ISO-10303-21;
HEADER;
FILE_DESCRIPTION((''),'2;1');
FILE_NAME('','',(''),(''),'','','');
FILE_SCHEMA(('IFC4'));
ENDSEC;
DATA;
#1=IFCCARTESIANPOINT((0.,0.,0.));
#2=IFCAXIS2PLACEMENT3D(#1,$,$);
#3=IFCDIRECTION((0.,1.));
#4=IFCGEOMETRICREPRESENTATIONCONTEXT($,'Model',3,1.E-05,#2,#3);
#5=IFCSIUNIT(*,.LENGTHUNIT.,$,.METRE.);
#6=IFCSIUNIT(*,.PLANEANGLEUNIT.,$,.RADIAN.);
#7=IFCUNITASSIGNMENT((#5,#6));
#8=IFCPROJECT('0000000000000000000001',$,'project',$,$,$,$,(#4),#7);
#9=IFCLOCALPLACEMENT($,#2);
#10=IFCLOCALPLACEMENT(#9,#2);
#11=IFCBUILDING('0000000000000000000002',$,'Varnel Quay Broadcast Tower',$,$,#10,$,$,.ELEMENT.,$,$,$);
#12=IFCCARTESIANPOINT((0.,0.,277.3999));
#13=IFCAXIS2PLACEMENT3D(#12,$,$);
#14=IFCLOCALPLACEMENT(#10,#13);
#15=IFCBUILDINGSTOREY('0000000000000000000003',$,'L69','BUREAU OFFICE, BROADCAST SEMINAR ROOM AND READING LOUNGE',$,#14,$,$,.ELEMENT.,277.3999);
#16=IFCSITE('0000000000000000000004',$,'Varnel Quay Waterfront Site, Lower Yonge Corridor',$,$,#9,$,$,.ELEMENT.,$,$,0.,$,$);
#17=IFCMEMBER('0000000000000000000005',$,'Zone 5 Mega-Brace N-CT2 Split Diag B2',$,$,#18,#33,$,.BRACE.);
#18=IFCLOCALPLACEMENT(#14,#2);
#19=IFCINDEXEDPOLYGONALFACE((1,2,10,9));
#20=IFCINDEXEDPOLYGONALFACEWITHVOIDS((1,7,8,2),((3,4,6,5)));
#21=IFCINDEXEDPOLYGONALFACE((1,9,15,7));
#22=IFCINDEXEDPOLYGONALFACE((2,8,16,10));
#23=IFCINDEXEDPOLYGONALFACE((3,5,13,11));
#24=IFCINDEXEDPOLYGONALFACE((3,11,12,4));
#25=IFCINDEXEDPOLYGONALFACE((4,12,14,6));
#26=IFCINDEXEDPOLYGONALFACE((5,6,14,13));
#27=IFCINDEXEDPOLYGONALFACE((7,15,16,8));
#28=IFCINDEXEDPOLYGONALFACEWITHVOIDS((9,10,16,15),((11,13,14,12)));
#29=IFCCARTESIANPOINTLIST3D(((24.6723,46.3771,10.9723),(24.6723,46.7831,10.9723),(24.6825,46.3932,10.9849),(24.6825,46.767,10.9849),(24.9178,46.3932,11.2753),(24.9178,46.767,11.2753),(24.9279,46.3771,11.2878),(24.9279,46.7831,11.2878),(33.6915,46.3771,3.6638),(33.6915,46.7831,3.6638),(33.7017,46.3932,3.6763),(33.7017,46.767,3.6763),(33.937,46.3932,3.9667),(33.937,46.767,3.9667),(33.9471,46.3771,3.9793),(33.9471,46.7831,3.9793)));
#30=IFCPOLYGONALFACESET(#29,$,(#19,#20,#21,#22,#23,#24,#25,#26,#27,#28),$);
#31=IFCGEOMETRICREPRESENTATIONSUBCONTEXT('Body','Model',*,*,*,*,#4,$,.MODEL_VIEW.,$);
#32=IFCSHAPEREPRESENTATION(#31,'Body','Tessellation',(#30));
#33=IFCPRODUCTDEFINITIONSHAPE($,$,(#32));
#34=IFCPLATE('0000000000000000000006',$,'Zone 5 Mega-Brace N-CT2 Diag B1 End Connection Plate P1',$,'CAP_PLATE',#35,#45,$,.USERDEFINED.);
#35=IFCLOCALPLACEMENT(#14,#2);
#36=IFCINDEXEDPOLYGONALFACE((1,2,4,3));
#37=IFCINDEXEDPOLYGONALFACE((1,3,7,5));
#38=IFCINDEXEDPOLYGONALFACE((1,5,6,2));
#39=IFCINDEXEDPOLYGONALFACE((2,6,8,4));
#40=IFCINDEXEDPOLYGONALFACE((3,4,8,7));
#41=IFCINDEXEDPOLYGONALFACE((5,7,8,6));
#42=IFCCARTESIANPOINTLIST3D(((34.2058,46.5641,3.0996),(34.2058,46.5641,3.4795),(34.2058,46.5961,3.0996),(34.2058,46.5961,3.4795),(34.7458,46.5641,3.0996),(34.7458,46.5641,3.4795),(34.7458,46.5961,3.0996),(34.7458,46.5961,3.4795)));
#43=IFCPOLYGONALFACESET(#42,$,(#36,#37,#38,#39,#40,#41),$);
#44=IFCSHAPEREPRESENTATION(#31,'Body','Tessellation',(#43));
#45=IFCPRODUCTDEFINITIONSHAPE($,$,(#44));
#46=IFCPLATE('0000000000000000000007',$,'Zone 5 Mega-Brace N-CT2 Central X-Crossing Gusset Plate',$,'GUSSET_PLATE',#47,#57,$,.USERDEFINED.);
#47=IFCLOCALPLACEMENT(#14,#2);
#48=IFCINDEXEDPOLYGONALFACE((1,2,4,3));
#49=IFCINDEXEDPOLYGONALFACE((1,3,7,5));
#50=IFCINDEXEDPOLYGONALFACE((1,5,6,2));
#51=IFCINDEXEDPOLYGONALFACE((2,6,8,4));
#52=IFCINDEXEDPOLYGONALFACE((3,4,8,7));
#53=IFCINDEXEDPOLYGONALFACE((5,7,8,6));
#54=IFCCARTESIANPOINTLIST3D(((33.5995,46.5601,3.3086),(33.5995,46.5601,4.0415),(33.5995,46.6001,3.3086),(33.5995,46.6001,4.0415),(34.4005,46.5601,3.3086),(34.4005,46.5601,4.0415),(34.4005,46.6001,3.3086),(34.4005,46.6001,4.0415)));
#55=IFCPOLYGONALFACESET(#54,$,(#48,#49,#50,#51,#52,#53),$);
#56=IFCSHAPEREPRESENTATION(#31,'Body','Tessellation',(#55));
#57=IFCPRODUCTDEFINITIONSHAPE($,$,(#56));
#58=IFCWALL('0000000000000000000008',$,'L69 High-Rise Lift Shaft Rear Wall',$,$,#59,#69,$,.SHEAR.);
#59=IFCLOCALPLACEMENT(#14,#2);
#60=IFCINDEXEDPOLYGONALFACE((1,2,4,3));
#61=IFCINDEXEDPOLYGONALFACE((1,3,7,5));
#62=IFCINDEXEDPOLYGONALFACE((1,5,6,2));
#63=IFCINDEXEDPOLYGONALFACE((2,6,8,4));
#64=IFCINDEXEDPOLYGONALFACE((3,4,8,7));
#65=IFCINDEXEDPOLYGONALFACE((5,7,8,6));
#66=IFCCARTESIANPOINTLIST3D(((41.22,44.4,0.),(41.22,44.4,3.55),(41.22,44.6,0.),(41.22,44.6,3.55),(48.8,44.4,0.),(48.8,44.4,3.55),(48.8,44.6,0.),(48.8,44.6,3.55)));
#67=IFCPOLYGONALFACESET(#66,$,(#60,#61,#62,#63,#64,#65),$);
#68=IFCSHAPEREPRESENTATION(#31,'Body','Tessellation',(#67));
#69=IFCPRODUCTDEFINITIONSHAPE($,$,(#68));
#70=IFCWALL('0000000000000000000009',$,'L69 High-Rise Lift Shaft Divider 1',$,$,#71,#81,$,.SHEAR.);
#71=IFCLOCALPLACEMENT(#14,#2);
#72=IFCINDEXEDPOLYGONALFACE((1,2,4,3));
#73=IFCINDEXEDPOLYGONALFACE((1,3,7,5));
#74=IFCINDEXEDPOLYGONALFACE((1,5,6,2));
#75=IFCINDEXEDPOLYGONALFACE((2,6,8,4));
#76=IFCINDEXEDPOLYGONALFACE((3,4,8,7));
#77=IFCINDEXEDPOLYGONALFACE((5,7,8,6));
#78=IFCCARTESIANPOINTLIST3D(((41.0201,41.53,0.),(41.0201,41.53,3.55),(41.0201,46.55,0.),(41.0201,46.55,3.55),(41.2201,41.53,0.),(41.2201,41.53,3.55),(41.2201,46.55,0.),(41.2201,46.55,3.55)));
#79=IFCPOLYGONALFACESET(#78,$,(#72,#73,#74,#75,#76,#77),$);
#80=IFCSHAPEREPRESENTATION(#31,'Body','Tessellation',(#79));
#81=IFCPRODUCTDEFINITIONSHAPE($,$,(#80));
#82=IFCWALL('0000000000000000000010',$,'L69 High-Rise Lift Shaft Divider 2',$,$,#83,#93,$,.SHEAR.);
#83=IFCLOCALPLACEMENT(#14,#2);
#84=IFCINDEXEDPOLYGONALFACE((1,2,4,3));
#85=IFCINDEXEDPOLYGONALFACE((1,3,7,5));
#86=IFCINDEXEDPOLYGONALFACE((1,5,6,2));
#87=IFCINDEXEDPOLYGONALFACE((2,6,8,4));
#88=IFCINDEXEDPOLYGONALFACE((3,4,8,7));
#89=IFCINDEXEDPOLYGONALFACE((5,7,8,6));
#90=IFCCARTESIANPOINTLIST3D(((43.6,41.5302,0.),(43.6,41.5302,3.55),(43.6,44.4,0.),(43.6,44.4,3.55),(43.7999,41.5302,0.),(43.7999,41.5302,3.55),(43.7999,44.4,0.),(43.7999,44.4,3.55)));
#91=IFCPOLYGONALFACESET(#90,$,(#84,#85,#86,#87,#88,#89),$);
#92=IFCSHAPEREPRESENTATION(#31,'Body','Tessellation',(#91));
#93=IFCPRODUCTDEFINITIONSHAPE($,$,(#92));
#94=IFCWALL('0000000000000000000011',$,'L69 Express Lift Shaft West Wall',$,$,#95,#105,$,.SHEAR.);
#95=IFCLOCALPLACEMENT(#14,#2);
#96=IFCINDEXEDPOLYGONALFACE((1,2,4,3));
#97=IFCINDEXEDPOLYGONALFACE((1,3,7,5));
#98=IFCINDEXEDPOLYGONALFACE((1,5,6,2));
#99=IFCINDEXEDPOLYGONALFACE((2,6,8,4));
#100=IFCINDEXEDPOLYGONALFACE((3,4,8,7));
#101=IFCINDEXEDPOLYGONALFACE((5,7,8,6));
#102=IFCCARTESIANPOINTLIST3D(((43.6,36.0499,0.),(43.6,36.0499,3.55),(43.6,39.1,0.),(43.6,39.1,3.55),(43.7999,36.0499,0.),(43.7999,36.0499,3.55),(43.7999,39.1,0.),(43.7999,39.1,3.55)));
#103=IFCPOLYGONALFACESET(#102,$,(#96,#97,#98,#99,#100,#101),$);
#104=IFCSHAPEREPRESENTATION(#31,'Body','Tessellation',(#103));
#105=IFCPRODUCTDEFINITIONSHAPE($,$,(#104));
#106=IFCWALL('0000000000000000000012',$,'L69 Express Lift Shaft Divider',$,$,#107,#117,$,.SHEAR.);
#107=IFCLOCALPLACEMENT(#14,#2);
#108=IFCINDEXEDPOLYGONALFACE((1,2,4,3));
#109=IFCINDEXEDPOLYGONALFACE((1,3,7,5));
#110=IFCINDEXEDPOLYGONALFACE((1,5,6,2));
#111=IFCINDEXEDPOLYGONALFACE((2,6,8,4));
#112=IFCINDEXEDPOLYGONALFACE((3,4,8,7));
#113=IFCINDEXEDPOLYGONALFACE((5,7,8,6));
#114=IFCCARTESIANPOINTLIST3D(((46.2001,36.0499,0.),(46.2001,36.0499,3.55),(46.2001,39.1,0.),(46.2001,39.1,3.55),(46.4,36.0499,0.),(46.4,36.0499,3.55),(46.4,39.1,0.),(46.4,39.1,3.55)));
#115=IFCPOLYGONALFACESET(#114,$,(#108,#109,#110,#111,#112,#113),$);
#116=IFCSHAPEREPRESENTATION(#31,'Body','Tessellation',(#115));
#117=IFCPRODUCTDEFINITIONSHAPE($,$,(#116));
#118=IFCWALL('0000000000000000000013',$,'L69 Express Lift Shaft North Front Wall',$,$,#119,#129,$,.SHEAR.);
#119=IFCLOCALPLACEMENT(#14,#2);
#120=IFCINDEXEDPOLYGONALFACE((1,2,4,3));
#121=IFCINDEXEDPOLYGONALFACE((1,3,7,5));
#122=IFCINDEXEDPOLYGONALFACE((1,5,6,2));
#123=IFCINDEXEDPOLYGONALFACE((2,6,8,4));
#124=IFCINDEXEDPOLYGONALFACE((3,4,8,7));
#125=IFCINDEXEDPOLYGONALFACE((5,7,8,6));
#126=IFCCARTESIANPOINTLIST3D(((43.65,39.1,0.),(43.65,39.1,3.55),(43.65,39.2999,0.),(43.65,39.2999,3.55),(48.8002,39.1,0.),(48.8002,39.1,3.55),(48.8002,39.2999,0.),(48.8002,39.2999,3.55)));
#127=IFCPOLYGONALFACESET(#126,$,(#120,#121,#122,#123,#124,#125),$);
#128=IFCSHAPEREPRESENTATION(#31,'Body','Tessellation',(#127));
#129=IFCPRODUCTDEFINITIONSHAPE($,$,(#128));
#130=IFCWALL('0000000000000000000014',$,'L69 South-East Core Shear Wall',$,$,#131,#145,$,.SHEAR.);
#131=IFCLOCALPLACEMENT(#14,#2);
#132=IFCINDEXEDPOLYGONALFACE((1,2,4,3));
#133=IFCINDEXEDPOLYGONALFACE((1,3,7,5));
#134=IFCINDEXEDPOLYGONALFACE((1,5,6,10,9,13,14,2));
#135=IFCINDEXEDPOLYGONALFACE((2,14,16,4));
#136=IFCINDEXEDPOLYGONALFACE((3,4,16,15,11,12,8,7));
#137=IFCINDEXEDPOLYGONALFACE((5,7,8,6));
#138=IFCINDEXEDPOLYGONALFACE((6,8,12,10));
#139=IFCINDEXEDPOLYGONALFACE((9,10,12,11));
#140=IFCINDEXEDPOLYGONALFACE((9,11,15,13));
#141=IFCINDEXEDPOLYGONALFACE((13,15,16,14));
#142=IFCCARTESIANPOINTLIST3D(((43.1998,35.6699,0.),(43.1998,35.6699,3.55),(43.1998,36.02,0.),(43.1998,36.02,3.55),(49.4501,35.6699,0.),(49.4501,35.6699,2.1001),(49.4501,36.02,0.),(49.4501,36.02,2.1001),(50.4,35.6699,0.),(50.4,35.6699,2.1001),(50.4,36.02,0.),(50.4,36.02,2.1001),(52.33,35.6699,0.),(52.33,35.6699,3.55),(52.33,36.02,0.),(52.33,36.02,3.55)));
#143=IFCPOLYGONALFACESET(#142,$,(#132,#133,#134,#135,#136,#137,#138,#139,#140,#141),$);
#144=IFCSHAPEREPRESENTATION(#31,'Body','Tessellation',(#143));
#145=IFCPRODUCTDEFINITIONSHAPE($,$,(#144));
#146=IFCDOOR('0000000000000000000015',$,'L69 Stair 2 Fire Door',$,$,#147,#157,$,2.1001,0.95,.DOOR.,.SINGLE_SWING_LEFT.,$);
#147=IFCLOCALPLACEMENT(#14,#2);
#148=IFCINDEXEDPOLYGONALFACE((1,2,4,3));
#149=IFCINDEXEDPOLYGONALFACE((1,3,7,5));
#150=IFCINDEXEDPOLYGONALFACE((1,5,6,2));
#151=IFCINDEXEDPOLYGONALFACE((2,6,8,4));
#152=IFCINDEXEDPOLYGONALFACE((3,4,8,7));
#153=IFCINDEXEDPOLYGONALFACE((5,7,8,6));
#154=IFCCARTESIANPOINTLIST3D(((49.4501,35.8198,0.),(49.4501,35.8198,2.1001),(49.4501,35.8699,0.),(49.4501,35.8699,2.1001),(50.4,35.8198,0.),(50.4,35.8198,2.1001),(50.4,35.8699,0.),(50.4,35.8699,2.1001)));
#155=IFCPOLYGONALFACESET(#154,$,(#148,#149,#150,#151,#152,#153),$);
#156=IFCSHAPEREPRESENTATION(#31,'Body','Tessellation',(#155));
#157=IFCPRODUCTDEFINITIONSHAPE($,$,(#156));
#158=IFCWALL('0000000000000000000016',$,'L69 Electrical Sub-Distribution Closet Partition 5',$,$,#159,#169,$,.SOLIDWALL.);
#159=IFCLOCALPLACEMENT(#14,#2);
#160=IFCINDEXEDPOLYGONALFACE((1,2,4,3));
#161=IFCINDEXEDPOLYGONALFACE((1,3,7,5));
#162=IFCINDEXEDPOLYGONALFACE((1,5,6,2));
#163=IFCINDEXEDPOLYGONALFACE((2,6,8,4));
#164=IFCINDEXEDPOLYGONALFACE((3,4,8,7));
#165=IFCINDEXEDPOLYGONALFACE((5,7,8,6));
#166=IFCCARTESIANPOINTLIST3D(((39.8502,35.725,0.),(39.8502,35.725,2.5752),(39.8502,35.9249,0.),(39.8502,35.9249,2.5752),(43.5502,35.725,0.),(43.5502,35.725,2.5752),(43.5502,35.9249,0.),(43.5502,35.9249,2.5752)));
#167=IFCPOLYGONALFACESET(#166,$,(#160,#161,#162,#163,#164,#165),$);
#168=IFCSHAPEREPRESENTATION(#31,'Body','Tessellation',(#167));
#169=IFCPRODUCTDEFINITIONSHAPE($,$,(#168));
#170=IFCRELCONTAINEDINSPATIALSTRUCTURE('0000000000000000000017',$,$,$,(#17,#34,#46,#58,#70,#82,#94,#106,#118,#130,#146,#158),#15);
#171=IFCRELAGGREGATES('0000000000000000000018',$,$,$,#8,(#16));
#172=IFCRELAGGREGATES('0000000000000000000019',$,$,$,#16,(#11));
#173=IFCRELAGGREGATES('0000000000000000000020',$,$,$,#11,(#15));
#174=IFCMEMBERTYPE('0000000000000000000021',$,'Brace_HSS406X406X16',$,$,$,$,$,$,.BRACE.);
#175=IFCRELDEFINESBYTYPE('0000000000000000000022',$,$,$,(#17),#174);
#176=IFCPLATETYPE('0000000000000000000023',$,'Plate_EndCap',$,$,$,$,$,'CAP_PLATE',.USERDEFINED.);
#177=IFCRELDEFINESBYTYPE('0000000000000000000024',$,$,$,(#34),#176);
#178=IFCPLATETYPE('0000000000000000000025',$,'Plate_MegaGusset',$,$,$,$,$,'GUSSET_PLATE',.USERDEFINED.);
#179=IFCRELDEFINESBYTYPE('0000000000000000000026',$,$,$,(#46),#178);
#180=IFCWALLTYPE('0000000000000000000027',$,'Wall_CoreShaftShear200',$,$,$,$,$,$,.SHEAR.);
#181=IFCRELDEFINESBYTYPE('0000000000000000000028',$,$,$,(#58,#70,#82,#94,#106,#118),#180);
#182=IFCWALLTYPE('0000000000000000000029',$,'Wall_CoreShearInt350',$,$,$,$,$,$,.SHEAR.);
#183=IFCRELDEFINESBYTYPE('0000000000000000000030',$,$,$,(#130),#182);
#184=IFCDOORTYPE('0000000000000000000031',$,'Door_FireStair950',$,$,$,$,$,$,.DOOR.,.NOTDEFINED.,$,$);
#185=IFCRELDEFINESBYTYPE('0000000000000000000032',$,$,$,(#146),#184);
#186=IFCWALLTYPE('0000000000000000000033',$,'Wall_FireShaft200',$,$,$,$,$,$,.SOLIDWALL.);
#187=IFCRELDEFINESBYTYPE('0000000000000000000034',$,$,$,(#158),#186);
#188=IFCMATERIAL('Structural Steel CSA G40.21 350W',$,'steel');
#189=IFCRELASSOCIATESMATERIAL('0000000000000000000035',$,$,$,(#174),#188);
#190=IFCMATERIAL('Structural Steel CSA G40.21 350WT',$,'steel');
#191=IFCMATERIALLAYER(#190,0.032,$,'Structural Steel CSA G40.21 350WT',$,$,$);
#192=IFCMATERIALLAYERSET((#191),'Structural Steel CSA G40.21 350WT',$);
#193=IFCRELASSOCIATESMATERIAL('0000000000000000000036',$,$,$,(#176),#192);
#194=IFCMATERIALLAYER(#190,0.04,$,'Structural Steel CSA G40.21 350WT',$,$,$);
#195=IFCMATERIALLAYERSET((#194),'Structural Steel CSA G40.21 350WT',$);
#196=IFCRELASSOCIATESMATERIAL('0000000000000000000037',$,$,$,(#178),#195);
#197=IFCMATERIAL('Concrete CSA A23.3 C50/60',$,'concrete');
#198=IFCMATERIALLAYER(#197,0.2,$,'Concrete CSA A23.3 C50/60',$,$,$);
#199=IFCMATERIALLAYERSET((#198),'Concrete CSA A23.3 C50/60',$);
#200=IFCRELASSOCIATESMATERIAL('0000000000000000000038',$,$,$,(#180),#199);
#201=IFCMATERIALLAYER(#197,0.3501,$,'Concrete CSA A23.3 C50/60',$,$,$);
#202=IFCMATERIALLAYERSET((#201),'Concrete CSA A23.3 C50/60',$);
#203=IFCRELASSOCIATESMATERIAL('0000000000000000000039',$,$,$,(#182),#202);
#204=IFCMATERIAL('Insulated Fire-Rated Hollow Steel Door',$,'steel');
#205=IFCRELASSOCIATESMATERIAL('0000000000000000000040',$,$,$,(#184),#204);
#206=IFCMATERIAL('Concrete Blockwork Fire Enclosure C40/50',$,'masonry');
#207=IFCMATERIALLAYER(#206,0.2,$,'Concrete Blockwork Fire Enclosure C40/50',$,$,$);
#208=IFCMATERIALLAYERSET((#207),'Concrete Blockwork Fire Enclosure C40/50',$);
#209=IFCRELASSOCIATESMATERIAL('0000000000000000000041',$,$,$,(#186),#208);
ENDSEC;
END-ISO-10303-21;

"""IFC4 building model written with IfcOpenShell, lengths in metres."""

from ifc_helpers import new_model, si_unit, direction, frame, frame_2d, origin, origin_2d, place, context, subcontext, project, spatial, rectangle, hollow_rectangle, extrude, source, transform, mapped, material, layer, layer_set, material_profile, profile_set, type_object, type_shapes, element, fill, save


model = new_model("IFC4")

# Units and contexts
model_context = context("Model", 3, precision=1e-05, world=origin(), true_north=direction((0.0, 1.0)))
body_context = subcontext(model_context, "Body", "Model", "MODEL_VIEW")
ifc_project = project(units=[si_unit("LENGTHUNIT", "METRE"), si_unit("PLANEANGLEUNIT", "RADIAN")], contexts=[model_context])

# Site, building, storey
site_placement = place(None, origin())
site = spatial("IfcSite", under=ifc_project, at=site_placement, Name="Varnel Quay Waterfront Site, Lower Yonge Corridor", CompositionType="ELEMENT", RefElevation=0.0)
building_placement = place(site_placement, origin())
building = spatial("IfcBuilding", under=site, at=building_placement, Name="Varnel Quay Broadcast Tower", CompositionType="ELEMENT")
storey_placement = place(building_placement, frame((0.0, 0.0, 277.3999)))
storey = spatial("IfcBuildingStorey", under=building, at=storey_placement, Name="L69", Description="BUREAU OFFICE, BROADCAST SEMINAR ROOM AND READING LOUNGE", CompositionType="ELEMENT", Elevation=277.3999)

# Shared definitions
ifc_material_1 = material(Name="Structural Steel CSA G40.21 350WT", Category="steel")

# Shared definitions
ifc_material_2 = material(Name="Concrete CSA A23.3 C50/60", Category="concrete")

# Member
ifc_material_3 = material(Name="Structural Steel CSA G40.21 350W", Category="steel")
ifc_material_profile_1 = material_profile(ifc_material_3, hollow_rectangle(XDim=0.406, YDim=0.406, WallThickness=0.0161, at=origin_2d()), Name="HSS406X406X16")
ifc_profile_set_1 = profile_set([ifc_material_profile_1], Name="Structural Steel CSA G40.21 350W")
member_type = type_object("IfcMemberType", Name="Brace_HSS406X406X16", PredefinedType="BRACE", material=ifc_profile_set_1)
shared_shape_1 = source(origin(), body_context, "Body", "SweptSolid", [
    extrude(hollow_rectangle(XDim=0.406, YDim=0.406, WallThickness=0.0161, at=origin_2d()), origin(), (0.0, 0.0, 1.0), 11.6086),
])
type_shapes(member_type, [shared_shape_1])
member_placement = place(storey_placement, frame((33.8193, 46.5801, 3.8215), z_axis=(-0.776939, 0.0, 0.629576), x_axis=(0.0, -1.0, 0.0)))
element("IfcMember", 1, at=member_placement, inside=storey, type_object=member_type, Name="Zone 5 Mega-Brace N-CT2 Split Diag B2", PredefinedType="BRACE", context=body_context, shape_type="MappedRepresentation", body=[
    mapped(shared_shape_1, transform((0.0, 0.0, 0.0), x_axis=(1.0, 0.0, 0.0), y_axis=(0.0, 1.0, 0.0), z_axis=(0.0, 0.0, 1.0), scale=1.0)),
])

# Plates
ifc_layer_1 = layer(ifc_material_1, 0.032, Name="Structural Steel CSA G40.21 350WT")
ifc_layer_set_1 = layer_set([ifc_layer_1], Name="Structural Steel CSA G40.21 350WT")
plate_type_1 = type_object("IfcPlateType", Name="Plate_EndCap", ElementType="CAP_PLATE", PredefinedType="USERDEFINED", material=ifc_layer_set_1)
shared_shape_2 = source(origin(), body_context, "Body", "SweptSolid", [
    extrude(rectangle(XDim=0.54, YDim=0.032, at=origin_2d()), origin(), (0.0, 0.0, 1.0), 0.3799),
])
type_shapes(plate_type_1, [shared_shape_2])
plate_1_placement = place(storey_placement, frame((34.4758, 46.5801, 3.0996), z_axis=(0.0, 0.0, 1.0), x_axis=(1.0, 0.0, 0.0)))
element("IfcPlate", 2, at=plate_1_placement, inside=storey, type_object=plate_type_1, Name="Zone 5 Mega-Brace N-CT2 Diag B1 End Connection Plate P1", ObjectType="CAP_PLATE", PredefinedType="USERDEFINED", context=body_context, shape_type="MappedRepresentation", body=[
    mapped(shared_shape_2, transform((0.0, 0.0, 0.0), x_axis=(1.0, 0.0, 0.0), y_axis=(0.0, 1.0, 0.0), z_axis=(0.0, 0.0, 1.0), scale=1.0)),
])
ifc_layer_2 = layer(ifc_material_1, 0.04, Name="Structural Steel CSA G40.21 350WT")
ifc_layer_set_2 = layer_set([ifc_layer_2], Name="Structural Steel CSA G40.21 350WT")
plate_type_2 = type_object("IfcPlateType", Name="Plate_MegaGusset", ElementType="GUSSET_PLATE", PredefinedType="USERDEFINED", material=ifc_layer_set_2)
shared_shape_3 = source(origin(), body_context, "Body", "SweptSolid", [
    extrude(rectangle(XDim=0.801, YDim=0.04, at=origin_2d()), origin(), (0.0, 0.0, 1.0), 0.7329),
])
type_shapes(plate_type_2, [shared_shape_3])
plate_2_placement = place(storey_placement, frame((34.0, 46.5801, 3.3086), z_axis=(0.0, 0.0, 1.0), x_axis=(1.0, 0.0, 0.0)))
element("IfcPlate", 3, at=plate_2_placement, inside=storey, type_object=plate_type_2, Name="Zone 5 Mega-Brace N-CT2 Central X-Crossing Gusset Plate", ObjectType="GUSSET_PLATE", PredefinedType="USERDEFINED", context=body_context, shape_type="MappedRepresentation", body=[
    mapped(shared_shape_3, transform((0.0, 0.0, 0.0), x_axis=(1.0, 0.0, 0.0), y_axis=(0.0, 1.0, 0.0), z_axis=(0.0, 0.0, 1.0), scale=1.0)),
])

# Walls
ifc_layer_3 = layer(ifc_material_2, 0.2, Name="Concrete CSA A23.3 C50/60")
ifc_layer_set_3 = layer_set([ifc_layer_3], Name="Concrete CSA A23.3 C50/60")
wall_type_1 = type_object("IfcWallType", Name="Wall_CoreShaftShear200", PredefinedType="SHEAR", material=ifc_layer_set_3)
wall_1_placement = place(storey_placement, frame((41.22, 44.5, 0.0), z_axis=(0.0, 0.0, 1.0), x_axis=(1.0, 0.0, 0.0)))
element("IfcWall", 4, at=wall_1_placement, inside=storey, type_object=wall_type_1, Name="L69 High-Rise Lift Shaft Rear Wall", PredefinedType="SHEAR", context=body_context, shape_type="SweptSolid", body=[
    extrude(rectangle(XDim=7.5801, YDim=0.2, at=frame_2d((3.79, 0.0))), origin(), (0.0, 0.0, 1.0), 3.55),
])
wall_2_placement = place(storey_placement, frame((41.1201, 41.53, 0.0), z_axis=(0.0, 0.0, 1.0), x_axis=(0.0, 1.0, 0.0)))
element("IfcWall", 5, at=wall_2_placement, inside=storey, type_object=wall_type_1, Name="L69 High-Rise Lift Shaft Divider 1", PredefinedType="SHEAR", context=body_context, shape_type="SweptSolid", body=[
    extrude(rectangle(XDim=5.02, YDim=0.2, at=frame_2d((2.51, 0.0))), origin(), (0.0, 0.0, 1.0), 3.55),
])
wall_3_placement = place(storey_placement, frame((43.7, 41.53, 0.0), z_axis=(0.0, 0.0, 1.0), x_axis=(0.0, 1.0, 0.0)))
element("IfcWall", 6, at=wall_3_placement, inside=storey, type_object=wall_type_1, Name="L69 High-Rise Lift Shaft Divider 2", PredefinedType="SHEAR", context=body_context, shape_type="SweptSolid", body=[
    extrude(rectangle(XDim=2.8699, YDim=0.2, at=frame_2d((1.4351, 0.0))), origin(), (0.0, 0.0, 1.0), 3.55),
])
for number, where, z_axis, x_axis, name in (
    (7, (43.7, 36.05, 0.0), (0.0, 0.0, 1.0), (0.0, 1.0, 0.0), "L69 Express Lift Shaft West Wall"),
    (8, (46.3, 36.05, 0.0), (0.0, 0.0, 1.0), (0.0, 1.0, 0.0), "L69 Express Lift Shaft Divider"),
):
    element("IfcWall", number, at=place(storey_placement, frame(where, z_axis=z_axis, x_axis=x_axis)), inside=storey, type_object=wall_type_1, Name=name, PredefinedType="SHEAR", context=body_context, shape_type="SweptSolid", body=[
        extrude(rectangle(XDim=3.05, YDim=0.2, at=frame_2d((1.5249, 0.0))), origin(), (0.0, 0.0, 1.0), 3.55),
    ])
wall_4_placement = place(storey_placement, frame((43.6499, 39.2, 0.0), z_axis=(0.0, 0.0, 1.0), x_axis=(1.0, 0.0, 0.0)))
element("IfcWall", 9, at=wall_4_placement, inside=storey, type_object=wall_type_1, Name="L69 Express Lift Shaft North Front Wall", PredefinedType="SHEAR", context=body_context, shape_type="SweptSolid", body=[
    extrude(rectangle(XDim=5.1501, YDim=0.2, at=frame_2d((2.5752, 0.0))), origin(), (0.0, 0.0, 1.0), 3.55),
])

# Wall, opening, door
ifc_layer_4 = layer(ifc_material_2, 0.3501, Name="Concrete CSA A23.3 C50/60")
ifc_layer_set_4 = layer_set([ifc_layer_4], Name="Concrete CSA A23.3 C50/60")
wall_type_2 = type_object("IfcWallType", Name="Wall_CoreShearInt350", PredefinedType="SHEAR", material=ifc_layer_set_4)
wall_5_placement = place(storey_placement, frame((43.2, 35.845, 0.0), z_axis=(0.0, 0.0, 1.0), x_axis=(1.0, 0.0, 0.0)))
wall_5 = element("IfcWall", 10, at=wall_5_placement, inside=storey, type_object=wall_type_2, Name="L69 South-East Core Shear Wall", PredefinedType="SHEAR", context=body_context, shape_type="SweptSolid", body=[
    extrude(rectangle(XDim=9.1301, YDim=0.3501, at=frame_2d((4.5649, 0.0))), origin(), (0.0, 0.0, 1.0), 3.55),
])
opening_1_placement = place(wall_5_placement, frame((6.25, 0.0, 0.0)))
opening_1 = element("IfcOpeningElement", 11, at=opening_1_placement, cuts=wall_5, PredefinedType="OPENING", context=body_context, shape_type="SweptSolid", body=[
    extrude(rectangle(XDim=0.95, YDim=2.1001, at=frame_2d((0.4751, 1.05))), frame((0.0, 0.1851, 0.0), z_axis=(0.0, -1.0, 0.0), x_axis=(1.0, 0.0, 0.0)), (0.0, 0.0, 1.0), 0.3701),
])
ifc_material_4 = material(Name="Insulated Fire-Rated Hollow Steel Door", Category="steel")
door_type_1 = type_object("IfcDoorType", Name="Door_FireStair950", OperationType="NOTDEFINED", PredefinedType="DOOR", material=ifc_material_4)
shared_shape_4 = source(origin(), body_context, "Body", "SweptSolid", [
    extrude(rectangle(XDim=0.95, YDim=2.1001, at=frame_2d((0.4751, 1.05))), frame((0.0, 0.0249, 0.0), z_axis=(0.0, -1.0, 0.0), x_axis=(1.0, 0.0, 0.0)), (0.0, 0.0, 1.0), 0.05),
])
type_shapes(door_type_1, [shared_shape_4])
door_1_placement = place(opening_1_placement, origin())
door_1 = element("IfcDoor", 12, at=door_1_placement, inside=storey, type_object=door_type_1, Name="L69 Stair 2 Fire Door", OperationType="SINGLE_SWING_LEFT", OverallHeight=2.1001, OverallWidth=0.95, PredefinedType="DOOR", context=body_context, shape_type="MappedRepresentation", body=[
    mapped(shared_shape_4, transform((0.0, 0.0, 0.0), x_axis=(1.0, 0.0, 0.0), y_axis=(0.0, 1.0, 0.0), z_axis=(0.0, 0.0, 1.0), scale=1.0)),
])
fill(opening_1, door_1)

# Wall
ifc_material_5 = material(Name="Concrete Blockwork Fire Enclosure C40/50", Category="masonry")
ifc_layer_5 = layer(ifc_material_5, 0.2, Name="Concrete Blockwork Fire Enclosure C40/50")
ifc_layer_set_5 = layer_set([ifc_layer_5], Name="Concrete Blockwork Fire Enclosure C40/50")
wall_type_3 = type_object("IfcWallType", Name="Wall_FireShaft200", PredefinedType="SOLIDWALL", material=ifc_layer_set_5)
wall_6_placement = place(storey_placement, frame((39.8501, 35.825, 0.0), z_axis=(0.0, 0.0, 1.0), x_axis=(1.0, 0.0, 0.0)))
element("IfcWall", 13, at=wall_6_placement, inside=storey, type_object=wall_type_3, Name="L69 Electrical Sub-Distribution Closet Partition 5", PredefinedType="SOLIDWALL", context=body_context, shape_type="SweptSolid", body=[
    extrude(rectangle(XDim=3.7, YDim=0.2, at=frame_2d((1.8501, 0.0))), origin(), (0.0, 0.0, 1.0), 2.5752),
])

save(model, "model.ifc")
